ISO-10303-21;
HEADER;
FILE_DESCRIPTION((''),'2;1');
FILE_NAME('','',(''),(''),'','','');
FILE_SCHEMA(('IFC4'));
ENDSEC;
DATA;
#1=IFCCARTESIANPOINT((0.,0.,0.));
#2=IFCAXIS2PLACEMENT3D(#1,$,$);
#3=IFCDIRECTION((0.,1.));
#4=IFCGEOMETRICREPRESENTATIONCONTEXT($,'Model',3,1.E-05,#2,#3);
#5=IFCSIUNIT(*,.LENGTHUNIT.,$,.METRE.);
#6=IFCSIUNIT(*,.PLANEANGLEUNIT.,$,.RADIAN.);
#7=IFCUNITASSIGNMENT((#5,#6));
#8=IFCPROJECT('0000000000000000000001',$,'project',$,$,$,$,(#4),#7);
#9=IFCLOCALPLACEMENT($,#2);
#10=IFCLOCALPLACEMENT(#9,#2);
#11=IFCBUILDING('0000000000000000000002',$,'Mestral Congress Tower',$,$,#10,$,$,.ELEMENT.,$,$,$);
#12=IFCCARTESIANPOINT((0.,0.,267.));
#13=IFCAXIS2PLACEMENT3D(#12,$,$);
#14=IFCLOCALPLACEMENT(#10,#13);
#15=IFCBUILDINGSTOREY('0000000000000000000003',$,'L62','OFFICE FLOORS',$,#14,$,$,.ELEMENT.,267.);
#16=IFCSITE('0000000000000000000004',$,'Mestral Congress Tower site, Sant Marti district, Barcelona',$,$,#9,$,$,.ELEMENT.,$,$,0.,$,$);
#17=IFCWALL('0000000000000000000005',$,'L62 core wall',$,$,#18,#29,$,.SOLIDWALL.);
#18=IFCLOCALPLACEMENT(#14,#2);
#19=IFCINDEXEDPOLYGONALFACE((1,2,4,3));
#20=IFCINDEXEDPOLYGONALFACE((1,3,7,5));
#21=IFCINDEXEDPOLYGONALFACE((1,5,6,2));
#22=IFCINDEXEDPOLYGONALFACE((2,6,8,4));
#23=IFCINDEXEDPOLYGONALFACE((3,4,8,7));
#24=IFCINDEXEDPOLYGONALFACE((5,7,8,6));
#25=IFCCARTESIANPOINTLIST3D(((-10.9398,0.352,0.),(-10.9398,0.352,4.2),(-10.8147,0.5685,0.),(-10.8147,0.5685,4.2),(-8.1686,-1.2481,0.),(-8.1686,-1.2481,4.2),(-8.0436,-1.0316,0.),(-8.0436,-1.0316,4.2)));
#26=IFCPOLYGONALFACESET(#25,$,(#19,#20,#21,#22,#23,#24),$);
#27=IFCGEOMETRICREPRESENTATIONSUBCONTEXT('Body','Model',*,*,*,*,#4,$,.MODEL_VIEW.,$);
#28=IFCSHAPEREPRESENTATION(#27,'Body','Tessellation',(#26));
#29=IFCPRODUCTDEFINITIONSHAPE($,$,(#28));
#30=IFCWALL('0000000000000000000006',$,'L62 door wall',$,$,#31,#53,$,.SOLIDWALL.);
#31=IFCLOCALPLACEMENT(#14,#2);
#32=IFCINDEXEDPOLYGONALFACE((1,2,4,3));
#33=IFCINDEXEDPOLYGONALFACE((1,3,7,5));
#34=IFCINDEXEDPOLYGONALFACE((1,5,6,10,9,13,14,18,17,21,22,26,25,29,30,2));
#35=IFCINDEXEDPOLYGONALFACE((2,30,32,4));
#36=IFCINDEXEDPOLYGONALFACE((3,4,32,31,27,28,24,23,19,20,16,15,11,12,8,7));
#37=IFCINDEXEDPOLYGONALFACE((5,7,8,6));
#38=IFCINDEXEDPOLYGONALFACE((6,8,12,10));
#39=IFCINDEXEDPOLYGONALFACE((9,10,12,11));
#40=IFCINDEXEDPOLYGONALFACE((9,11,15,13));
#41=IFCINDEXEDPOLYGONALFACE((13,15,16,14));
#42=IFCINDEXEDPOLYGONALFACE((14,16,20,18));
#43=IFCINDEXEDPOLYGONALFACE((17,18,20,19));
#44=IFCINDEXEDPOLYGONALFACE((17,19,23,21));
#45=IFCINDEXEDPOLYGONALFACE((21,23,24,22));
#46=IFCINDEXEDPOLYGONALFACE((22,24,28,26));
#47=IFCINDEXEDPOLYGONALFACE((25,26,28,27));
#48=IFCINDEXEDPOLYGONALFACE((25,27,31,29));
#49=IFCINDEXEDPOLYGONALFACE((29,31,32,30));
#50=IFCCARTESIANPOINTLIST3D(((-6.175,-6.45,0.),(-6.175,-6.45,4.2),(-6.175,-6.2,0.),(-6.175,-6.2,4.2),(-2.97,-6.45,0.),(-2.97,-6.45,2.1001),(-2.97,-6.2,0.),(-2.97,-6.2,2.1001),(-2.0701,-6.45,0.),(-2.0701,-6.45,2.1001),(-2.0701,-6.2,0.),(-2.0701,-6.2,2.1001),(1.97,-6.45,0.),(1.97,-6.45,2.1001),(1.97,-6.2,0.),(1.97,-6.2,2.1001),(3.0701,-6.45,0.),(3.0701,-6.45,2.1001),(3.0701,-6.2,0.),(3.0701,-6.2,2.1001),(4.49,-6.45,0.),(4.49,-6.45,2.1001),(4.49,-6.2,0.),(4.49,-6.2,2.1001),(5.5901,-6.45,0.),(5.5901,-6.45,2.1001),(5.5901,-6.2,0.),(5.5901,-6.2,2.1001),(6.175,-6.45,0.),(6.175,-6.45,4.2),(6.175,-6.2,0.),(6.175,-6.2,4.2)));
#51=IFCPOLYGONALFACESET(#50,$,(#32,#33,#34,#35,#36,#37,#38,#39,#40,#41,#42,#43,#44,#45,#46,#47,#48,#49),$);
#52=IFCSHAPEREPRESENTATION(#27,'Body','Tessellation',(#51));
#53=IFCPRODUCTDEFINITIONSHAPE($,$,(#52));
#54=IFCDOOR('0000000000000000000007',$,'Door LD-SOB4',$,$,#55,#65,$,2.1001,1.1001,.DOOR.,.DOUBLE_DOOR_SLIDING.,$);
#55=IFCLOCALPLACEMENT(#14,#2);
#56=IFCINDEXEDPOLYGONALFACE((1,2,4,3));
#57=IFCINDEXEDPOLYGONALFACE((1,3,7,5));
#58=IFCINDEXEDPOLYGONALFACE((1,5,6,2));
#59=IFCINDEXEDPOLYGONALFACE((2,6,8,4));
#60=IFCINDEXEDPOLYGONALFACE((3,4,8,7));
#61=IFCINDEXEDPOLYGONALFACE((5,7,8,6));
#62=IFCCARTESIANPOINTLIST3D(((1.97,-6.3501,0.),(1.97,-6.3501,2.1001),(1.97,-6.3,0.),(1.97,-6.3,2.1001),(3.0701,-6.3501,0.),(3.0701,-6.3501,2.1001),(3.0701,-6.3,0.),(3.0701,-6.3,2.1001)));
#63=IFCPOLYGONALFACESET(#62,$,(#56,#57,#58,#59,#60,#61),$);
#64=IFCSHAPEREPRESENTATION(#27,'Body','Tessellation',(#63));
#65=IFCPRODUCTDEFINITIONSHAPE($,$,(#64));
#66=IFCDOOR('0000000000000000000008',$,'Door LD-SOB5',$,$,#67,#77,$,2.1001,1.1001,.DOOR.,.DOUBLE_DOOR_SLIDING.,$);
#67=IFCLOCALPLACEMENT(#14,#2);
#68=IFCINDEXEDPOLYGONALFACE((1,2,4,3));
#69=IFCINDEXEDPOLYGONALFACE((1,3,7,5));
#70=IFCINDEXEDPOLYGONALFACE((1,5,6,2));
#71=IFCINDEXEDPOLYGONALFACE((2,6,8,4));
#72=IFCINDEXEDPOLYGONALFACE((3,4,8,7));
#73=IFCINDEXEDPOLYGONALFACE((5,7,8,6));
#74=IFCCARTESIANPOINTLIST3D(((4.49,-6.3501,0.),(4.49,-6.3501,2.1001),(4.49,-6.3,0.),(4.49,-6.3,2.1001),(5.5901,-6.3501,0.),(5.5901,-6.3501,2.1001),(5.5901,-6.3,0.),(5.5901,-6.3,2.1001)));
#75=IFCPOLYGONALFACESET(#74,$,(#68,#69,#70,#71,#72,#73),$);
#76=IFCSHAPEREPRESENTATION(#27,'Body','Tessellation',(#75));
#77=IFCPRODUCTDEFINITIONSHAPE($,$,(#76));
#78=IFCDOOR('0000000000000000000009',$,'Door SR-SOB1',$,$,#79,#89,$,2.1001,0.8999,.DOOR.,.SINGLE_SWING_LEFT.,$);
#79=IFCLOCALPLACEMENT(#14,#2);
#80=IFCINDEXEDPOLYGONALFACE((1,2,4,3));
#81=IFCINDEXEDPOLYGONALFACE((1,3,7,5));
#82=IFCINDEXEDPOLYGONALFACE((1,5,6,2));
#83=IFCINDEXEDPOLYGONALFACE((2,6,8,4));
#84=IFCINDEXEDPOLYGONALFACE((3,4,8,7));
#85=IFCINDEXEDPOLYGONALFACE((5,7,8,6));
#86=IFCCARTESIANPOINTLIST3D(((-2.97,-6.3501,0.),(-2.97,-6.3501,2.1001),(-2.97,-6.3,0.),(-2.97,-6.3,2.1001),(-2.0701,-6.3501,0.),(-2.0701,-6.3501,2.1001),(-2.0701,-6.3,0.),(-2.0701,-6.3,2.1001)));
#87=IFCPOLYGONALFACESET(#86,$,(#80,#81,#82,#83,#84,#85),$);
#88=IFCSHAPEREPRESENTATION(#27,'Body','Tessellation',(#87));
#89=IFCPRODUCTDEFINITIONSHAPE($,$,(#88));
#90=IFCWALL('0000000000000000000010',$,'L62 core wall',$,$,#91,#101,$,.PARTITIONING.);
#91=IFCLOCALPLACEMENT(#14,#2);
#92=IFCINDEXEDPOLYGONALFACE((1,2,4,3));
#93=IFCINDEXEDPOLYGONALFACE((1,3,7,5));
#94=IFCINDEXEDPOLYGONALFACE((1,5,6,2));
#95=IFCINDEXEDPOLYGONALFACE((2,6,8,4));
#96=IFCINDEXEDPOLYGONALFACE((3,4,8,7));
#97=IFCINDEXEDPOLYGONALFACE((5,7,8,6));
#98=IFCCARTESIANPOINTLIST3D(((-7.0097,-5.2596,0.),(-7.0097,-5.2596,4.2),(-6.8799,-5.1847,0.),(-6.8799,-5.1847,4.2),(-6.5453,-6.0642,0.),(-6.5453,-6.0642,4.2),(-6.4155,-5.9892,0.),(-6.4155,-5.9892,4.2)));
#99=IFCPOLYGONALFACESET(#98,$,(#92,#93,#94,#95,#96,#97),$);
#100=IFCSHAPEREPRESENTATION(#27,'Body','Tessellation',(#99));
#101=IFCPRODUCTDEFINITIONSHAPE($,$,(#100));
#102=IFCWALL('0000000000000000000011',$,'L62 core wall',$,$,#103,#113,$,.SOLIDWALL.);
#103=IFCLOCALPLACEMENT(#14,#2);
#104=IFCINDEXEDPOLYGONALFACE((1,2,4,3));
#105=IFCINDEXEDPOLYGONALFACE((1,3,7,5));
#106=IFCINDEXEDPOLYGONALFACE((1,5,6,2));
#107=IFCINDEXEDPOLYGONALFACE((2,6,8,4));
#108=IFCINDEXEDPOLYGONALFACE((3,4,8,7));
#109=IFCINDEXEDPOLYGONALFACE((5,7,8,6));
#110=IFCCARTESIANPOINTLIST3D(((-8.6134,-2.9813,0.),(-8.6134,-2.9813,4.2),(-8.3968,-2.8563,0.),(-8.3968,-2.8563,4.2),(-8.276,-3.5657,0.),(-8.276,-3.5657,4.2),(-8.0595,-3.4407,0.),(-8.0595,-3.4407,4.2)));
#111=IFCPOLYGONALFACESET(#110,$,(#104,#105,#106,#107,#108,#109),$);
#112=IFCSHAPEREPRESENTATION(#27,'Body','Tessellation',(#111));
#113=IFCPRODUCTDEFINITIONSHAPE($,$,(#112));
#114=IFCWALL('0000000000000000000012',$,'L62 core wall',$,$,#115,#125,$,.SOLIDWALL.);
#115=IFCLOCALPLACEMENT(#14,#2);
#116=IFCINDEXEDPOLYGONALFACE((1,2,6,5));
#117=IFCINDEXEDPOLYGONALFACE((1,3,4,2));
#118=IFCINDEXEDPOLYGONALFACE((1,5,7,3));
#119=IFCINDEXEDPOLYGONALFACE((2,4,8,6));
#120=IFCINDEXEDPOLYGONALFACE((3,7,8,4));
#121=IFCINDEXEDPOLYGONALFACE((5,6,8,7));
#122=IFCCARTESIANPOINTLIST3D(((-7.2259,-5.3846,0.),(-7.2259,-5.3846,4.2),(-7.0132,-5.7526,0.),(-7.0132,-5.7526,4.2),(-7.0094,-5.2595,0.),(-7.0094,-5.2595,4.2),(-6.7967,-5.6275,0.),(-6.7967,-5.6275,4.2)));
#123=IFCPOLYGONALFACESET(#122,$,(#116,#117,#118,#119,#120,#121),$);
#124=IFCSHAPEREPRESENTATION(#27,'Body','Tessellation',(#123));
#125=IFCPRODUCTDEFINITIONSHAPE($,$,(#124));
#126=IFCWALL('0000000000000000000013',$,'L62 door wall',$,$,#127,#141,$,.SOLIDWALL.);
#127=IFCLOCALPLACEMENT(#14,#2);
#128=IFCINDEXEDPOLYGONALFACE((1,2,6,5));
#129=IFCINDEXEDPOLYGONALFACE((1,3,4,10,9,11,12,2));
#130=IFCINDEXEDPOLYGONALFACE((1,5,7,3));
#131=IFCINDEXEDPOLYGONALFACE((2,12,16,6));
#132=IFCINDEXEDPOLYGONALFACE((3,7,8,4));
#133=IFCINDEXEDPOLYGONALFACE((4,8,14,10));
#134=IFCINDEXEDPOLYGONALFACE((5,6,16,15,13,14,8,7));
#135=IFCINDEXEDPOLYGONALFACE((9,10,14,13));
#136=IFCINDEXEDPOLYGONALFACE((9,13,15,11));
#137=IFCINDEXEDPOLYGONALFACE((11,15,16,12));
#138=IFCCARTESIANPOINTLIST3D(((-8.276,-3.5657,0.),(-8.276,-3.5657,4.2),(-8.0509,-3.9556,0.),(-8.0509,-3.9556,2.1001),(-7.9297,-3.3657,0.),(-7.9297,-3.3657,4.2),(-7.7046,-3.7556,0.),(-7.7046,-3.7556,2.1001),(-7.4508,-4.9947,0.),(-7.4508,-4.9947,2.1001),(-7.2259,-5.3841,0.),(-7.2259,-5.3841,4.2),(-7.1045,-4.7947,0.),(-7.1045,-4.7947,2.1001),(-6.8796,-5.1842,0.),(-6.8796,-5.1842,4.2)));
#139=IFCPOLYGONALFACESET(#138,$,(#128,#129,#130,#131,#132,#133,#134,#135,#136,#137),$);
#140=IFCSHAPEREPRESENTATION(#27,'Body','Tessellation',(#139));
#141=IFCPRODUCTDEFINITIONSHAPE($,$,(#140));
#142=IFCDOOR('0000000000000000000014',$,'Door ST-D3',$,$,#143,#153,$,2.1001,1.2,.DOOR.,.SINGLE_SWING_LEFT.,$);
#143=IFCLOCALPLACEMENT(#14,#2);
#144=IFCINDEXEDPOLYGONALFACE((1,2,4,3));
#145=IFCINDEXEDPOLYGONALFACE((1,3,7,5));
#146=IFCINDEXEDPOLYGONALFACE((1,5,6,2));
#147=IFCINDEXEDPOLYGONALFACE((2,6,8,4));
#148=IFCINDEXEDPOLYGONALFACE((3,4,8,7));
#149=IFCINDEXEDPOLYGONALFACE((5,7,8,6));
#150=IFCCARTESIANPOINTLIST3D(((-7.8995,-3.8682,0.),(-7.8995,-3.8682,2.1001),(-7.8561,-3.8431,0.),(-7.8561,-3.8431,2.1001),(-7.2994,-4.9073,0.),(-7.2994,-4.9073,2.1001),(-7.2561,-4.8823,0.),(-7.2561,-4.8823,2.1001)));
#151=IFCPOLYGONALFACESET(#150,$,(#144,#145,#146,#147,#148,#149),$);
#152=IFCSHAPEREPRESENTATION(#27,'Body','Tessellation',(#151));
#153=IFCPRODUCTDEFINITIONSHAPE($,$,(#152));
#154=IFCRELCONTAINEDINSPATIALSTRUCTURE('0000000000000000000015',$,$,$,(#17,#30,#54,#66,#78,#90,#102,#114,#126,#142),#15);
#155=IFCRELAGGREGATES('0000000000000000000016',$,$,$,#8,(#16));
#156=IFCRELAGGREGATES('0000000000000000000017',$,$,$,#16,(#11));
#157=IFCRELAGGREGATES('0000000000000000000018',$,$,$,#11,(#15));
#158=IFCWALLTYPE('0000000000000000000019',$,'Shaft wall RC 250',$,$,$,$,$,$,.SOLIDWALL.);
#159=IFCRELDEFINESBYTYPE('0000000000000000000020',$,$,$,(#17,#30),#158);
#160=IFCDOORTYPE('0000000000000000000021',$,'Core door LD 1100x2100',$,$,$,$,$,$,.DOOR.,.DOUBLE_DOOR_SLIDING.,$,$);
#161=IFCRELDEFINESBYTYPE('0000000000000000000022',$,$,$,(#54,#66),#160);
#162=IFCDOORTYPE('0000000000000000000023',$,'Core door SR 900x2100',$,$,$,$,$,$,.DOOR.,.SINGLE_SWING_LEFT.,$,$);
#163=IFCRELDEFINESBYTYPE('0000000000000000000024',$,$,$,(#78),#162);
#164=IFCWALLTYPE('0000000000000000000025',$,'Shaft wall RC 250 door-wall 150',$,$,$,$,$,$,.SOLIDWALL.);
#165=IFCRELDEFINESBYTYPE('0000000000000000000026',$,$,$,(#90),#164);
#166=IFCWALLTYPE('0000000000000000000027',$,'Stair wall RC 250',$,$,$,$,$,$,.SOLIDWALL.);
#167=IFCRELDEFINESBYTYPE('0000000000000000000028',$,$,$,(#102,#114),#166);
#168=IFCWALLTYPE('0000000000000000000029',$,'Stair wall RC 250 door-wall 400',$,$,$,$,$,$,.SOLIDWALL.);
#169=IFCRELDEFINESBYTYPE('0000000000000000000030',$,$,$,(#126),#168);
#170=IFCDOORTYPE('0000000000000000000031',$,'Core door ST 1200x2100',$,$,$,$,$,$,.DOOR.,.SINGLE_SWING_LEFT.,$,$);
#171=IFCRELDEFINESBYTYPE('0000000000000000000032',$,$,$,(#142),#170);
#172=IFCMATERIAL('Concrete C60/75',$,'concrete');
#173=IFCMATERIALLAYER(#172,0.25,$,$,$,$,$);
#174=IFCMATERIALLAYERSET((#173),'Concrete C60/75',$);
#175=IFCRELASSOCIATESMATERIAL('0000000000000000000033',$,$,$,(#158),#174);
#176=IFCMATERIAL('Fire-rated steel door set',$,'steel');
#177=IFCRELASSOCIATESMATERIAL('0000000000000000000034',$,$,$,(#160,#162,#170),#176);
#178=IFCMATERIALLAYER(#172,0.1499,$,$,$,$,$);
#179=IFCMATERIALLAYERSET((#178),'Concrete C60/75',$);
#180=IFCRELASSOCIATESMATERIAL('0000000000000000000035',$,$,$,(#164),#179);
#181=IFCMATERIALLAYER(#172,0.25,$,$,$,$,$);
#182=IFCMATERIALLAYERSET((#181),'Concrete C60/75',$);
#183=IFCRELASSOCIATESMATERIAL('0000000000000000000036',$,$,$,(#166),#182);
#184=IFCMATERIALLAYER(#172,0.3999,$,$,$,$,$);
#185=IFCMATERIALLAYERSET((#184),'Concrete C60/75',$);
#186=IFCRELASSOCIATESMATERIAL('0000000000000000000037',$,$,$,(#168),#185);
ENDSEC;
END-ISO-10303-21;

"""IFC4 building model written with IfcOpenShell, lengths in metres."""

from ifc_helpers import new_model, si_unit, direction, frame, frame_2d, origin, place, context, subcontext, project, spatial, rectangle, extrude, material, layer, layer_set, type_object, element, fill, save


model = new_model("IFC4")

# Units and contexts
model_context = context("Model", 3, precision=1e-05, world=origin(), true_north=direction((0.0, 1.0)))
body_context = subcontext(model_context, "Body", "Model", "MODEL_VIEW")
ifc_project = project(units=[si_unit("LENGTHUNIT", "METRE"), si_unit("PLANEANGLEUNIT", "RADIAN")], contexts=[model_context])

# Site, building, storey
site_placement = place(None, origin())
site = spatial("IfcSite", under=ifc_project, at=site_placement, Name="Mestral Congress Tower site, Sant Marti district, Barcelona", CompositionType="ELEMENT", RefElevation=0.0)
building_placement = place(site_placement, origin())
building = spatial("IfcBuilding", under=site, at=building_placement, Name="Mestral Congress Tower", CompositionType="ELEMENT")
storey_placement = place(building_placement, frame((0.0, 0.0, 267.0)))
storey = spatial("IfcBuildingStorey", under=building, at=storey_placement, Name="L62", Description="OFFICE FLOORS", CompositionType="ELEMENT", Elevation=267.0)

# Shared definitions
ifc_material_1 = material(Name="Fire-rated steel door set", Category="steel")

# Wall
ifc_material_2 = material(Name="Concrete C60/75", Category="concrete")
ifc_layer_1 = layer(ifc_material_2, 0.25)
ifc_layer_set_1 = layer_set([ifc_layer_1], Name="Concrete C60/75")
wall_type_1 = type_object("IfcWallType", Name="Shaft wall RC 250", PredefinedType="SOLIDWALL", material=ifc_layer_set_1)
wall_1_placement = place(storey_placement, frame((-8.106, -1.1399, 0.0), z_axis=(0.0, 0.0, 1.0), x_axis=(-0.866009, 0.500028, 0.0)))
element("IfcWall", 1, at=wall_1_placement, inside=storey, type_object=wall_type_1, Name="L62 core wall", PredefinedType="SOLIDWALL", context=body_context, shape_type="SweptSolid", body=[
    extrude(rectangle(XDim=3.2, YDim=0.25, at=frame_2d((1.6001, 0.0))), origin(), (0.0, 0.0, 1.0), 4.2),
])

# Wall, openings, doors
wall_2_placement = place(storey_placement, frame((-6.175, -6.325, 0.0), z_axis=(0.0, 0.0, 1.0), x_axis=(1.0, 0.0, 0.0)))
wall_2 = element("IfcWall", 2, at=wall_2_placement, inside=storey, type_object=wall_type_1, Name="L62 door wall", PredefinedType="SOLIDWALL", context=body_context, shape_type="SweptSolid", body=[
    extrude(rectangle(XDim=12.3501, YDim=0.25, at=frame_2d((6.175, 0.0))), origin(), (0.0, 0.0, 1.0), 4.2),
])
opening_1_placement = place(wall_2_placement, frame((3.2051, 0.0, 0.0)))
opening_1 = element("IfcOpeningElement", 3, at=opening_1_placement, cuts=wall_2, PredefinedType="OPENING", context=body_context, shape_type="SweptSolid", body=[
    extrude(rectangle(XDim=0.8999, YDim=2.1001, at=frame_2d((0.45, 1.05))), frame((0.0, 0.135, 0.0), z_axis=(0.0, -1.0, 0.0), x_axis=(1.0, 0.0, 0.0)), (0.0, 0.0, 1.0), 0.27),
])
opening_2_placement = place(wall_2_placement, frame((8.145, 0.0, 0.0)))
opening_2 = element("IfcOpeningElement", 4, at=opening_2_placement, cuts=wall_2, PredefinedType="OPENING", context=body_context, shape_type="SweptSolid", body=[
    extrude(rectangle(XDim=1.1001, YDim=2.1001, at=frame_2d((0.55, 1.05))), frame((0.0, 0.135, 0.0), z_axis=(0.0, -1.0, 0.0), x_axis=(1.0, 0.0, 0.0)), (0.0, 0.0, 1.0), 0.27),
])
opening_3_placement = place(wall_2_placement, frame((10.665, 0.0, 0.0)))
opening_3 = element("IfcOpeningElement", 5, at=opening_3_placement, cuts=wall_2, PredefinedType="OPENING", context=body_context, shape_type="SweptSolid", body=[
    extrude(rectangle(XDim=1.1001, YDim=2.1001, at=frame_2d((0.55, 1.05))), frame((0.0, 0.135, 0.0), z_axis=(0.0, -1.0, 0.0), x_axis=(1.0, 0.0, 0.0)), (0.0, 0.0, 1.0), 0.27),
])
door_type_1 = type_object("IfcDoorType", Name="Core door LD 1100x2100", OperationType="DOUBLE_DOOR_SLIDING", PredefinedType="DOOR", material=ifc_material_1)
door_1_placement = place(opening_2_placement, origin())
door_1 = element("IfcDoor", 6, at=door_1_placement, inside=storey, type_object=door_type_1, Name="Door LD-SOB4", OperationType="DOUBLE_DOOR_SLIDING", OverallHeight=2.1001, OverallWidth=1.1001, PredefinedType="DOOR", context=body_context, shape_type="SweptSolid", body=[
    extrude(rectangle(XDim=1.1001, YDim=2.1001, at=frame_2d((0.55, 1.05))), frame((0.0, 0.0249, 0.0), z_axis=(0.0, -1.0, 0.0), x_axis=(1.0, 0.0, 0.0)), (0.0, 0.0, 1.0), 0.05),
])
fill(opening_2, door_1)
door_2_placement = place(opening_3_placement, origin())
door_2 = element("IfcDoor", 7, at=door_2_placement, inside=storey, type_object=door_type_1, Name="Door LD-SOB5", OperationType="DOUBLE_DOOR_SLIDING", OverallHeight=2.1001, OverallWidth=1.1001, PredefinedType="DOOR", context=body_context, shape_type="SweptSolid", body=[
    extrude(rectangle(XDim=1.1001, YDim=2.1001, at=frame_2d((0.55, 1.05))), frame((0.0, 0.0249, 0.0), z_axis=(0.0, -1.0, 0.0), x_axis=(1.0, 0.0, 0.0)), (0.0, 0.0, 1.0), 0.05),
])
fill(opening_3, door_2)
door_type_2 = type_object("IfcDoorType", Name="Core door SR 900x2100", OperationType="SINGLE_SWING_LEFT", PredefinedType="DOOR", material=ifc_material_1)
door_3_placement = place(opening_1_placement, origin())
door_3 = element("IfcDoor", 8, at=door_3_placement, inside=storey, type_object=door_type_2, Name="Door SR-SOB1", OperationType="SINGLE_SWING_LEFT", OverallHeight=2.1001, OverallWidth=0.8999, PredefinedType="DOOR", context=body_context, shape_type="SweptSolid", body=[
    extrude(rectangle(XDim=0.8999, YDim=2.1001, at=frame_2d((0.45, 1.05))), frame((0.0, 0.0249, 0.0), z_axis=(0.0, -1.0, 0.0), x_axis=(1.0, 0.0, 0.0)), (0.0, 0.0, 1.0), 0.05),
])
fill(opening_1, door_3)

# Walls
ifc_layer_2 = layer(ifc_material_2, 0.1499)
ifc_layer_set_2 = layer_set([ifc_layer_2], Name="Concrete C60/75")
wall_type_2 = type_object("IfcWallType", Name="Shaft wall RC 250 door-wall 150", PredefinedType="SOLIDWALL", material=ifc_layer_set_2)
wall_3_placement = place(storey_placement, frame((-6.4805, -6.0266, 0.0), z_axis=(0.0, 0.0, 1.0), x_axis=(-0.499927, 0.866067, 0.0)))
element("IfcWall", 9, at=wall_3_placement, inside=storey, type_object=wall_type_2, Name="L62 core wall", PredefinedType="PARTITIONING", context=body_context, shape_type="SweptSolid", body=[
    extrude(rectangle(XDim=0.929, YDim=0.1499, at=frame_2d((0.4644, 0.0))), origin(), (0.0, 0.0, 1.0), 4.2),
])
ifc_layer_3 = layer(ifc_material_2, 0.25)
ifc_layer_set_3 = layer_set([ifc_layer_3], Name="Concrete C60/75")
wall_type_3 = type_object("IfcWallType", Name="Stair wall RC 250", PredefinedType="SOLIDWALL", material=ifc_layer_set_3)
wall_4_placement = place(storey_placement, frame((-8.1677, -3.5032, 0.0), z_axis=(0.0, 0.0, 1.0), x_axis=(-0.499952, 0.866053, 0.0)))
element("IfcWall", 10, at=wall_4_placement, inside=storey, type_object=wall_type_3, Name="L62 core wall", PredefinedType="SOLIDWALL", context=body_context, shape_type="SweptSolid", body=[
    extrude(rectangle(XDim=0.6748, YDim=0.25, at=frame_2d((0.3374, 0.0))), origin(), (0.0, 0.0, 1.0), 4.2),
])
wall_5_placement = place(storey_placement, frame((-6.905, -5.6899, 0.0), z_axis=(0.0, 0.0, 1.0), x_axis=(-0.500402, 0.865793, 0.0)))
element("IfcWall", 11, at=wall_5_placement, inside=storey, type_object=wall_type_3, Name="L62 core wall", PredefinedType="SOLIDWALL", context=body_context, shape_type="SweptSolid", body=[
    extrude(rectangle(XDim=0.425, YDim=0.25, at=frame_2d((0.2124, 0.0))), origin(), (0.0, 0.0, 1.0), 4.2),
])

# Wall, opening, door
ifc_layer_4 = layer(ifc_material_2, 0.3999)
ifc_layer_set_4 = layer_set([ifc_layer_4], Name="Concrete C60/75")
wall_type_4 = type_object("IfcWallType", Name="Stair wall RC 250 door-wall 400", PredefinedType="SOLIDWALL", material=ifc_layer_set_4)
wall_6_placement = place(storey_placement, frame((-8.1028, -3.4658, 0.0), z_axis=(0.0, 0.0, 1.0), x_axis=(0.500078, -0.86598, 0.0)))
wall_6 = element("IfcWall", 12, at=wall_6_placement, inside=storey, type_object=wall_type_4, Name="L62 door wall", PredefinedType="SOLIDWALL", context=body_context, shape_type="SweptSolid", body=[
    extrude(rectangle(XDim=2.0999, YDim=0.3999, at=frame_2d((1.0498, 0.0))), origin(), (0.0, 0.0, 1.0), 4.2),
])
opening_4_placement = place(wall_6_placement, frame((0.45, 0.0, 0.0)))
opening_4 = element("IfcOpeningElement", 13, at=opening_4_placement, cuts=wall_6, PredefinedType="OPENING", context=body_context, shape_type="SweptSolid", body=[
    extrude(rectangle(XDim=1.2, YDim=2.1001, at=frame_2d((0.6001, 1.05))), frame((0.0, 0.21, 0.0), z_axis=(0.0, -1.0, 0.0), x_axis=(1.0, 0.0, 0.0)), (0.0, 0.0, 1.0), 0.4199),
])
door_type_3 = type_object("IfcDoorType", Name="Core door ST 1200x2100", OperationType="SINGLE_SWING_LEFT", PredefinedType="DOOR", material=ifc_material_1)
door_4_placement = place(opening_4_placement, origin())
door_4 = element("IfcDoor", 14, at=door_4_placement, inside=storey, type_object=door_type_3, Name="Door ST-D3", OperationType="SINGLE_SWING_LEFT", OverallHeight=2.1001, OverallWidth=1.2, PredefinedType="DOOR", context=body_context, shape_type="SweptSolid", body=[
    extrude(rectangle(XDim=1.2, YDim=2.1001, at=frame_2d((0.6001, 1.05))), frame((0.0, 0.0249, 0.0), z_axis=(0.0, -1.0, 0.0), x_axis=(1.0, 0.0, 0.0)), (0.0, 0.0, 1.0), 0.05),
])
fill(opening_4, door_4)

save(model, "model.ifc")
